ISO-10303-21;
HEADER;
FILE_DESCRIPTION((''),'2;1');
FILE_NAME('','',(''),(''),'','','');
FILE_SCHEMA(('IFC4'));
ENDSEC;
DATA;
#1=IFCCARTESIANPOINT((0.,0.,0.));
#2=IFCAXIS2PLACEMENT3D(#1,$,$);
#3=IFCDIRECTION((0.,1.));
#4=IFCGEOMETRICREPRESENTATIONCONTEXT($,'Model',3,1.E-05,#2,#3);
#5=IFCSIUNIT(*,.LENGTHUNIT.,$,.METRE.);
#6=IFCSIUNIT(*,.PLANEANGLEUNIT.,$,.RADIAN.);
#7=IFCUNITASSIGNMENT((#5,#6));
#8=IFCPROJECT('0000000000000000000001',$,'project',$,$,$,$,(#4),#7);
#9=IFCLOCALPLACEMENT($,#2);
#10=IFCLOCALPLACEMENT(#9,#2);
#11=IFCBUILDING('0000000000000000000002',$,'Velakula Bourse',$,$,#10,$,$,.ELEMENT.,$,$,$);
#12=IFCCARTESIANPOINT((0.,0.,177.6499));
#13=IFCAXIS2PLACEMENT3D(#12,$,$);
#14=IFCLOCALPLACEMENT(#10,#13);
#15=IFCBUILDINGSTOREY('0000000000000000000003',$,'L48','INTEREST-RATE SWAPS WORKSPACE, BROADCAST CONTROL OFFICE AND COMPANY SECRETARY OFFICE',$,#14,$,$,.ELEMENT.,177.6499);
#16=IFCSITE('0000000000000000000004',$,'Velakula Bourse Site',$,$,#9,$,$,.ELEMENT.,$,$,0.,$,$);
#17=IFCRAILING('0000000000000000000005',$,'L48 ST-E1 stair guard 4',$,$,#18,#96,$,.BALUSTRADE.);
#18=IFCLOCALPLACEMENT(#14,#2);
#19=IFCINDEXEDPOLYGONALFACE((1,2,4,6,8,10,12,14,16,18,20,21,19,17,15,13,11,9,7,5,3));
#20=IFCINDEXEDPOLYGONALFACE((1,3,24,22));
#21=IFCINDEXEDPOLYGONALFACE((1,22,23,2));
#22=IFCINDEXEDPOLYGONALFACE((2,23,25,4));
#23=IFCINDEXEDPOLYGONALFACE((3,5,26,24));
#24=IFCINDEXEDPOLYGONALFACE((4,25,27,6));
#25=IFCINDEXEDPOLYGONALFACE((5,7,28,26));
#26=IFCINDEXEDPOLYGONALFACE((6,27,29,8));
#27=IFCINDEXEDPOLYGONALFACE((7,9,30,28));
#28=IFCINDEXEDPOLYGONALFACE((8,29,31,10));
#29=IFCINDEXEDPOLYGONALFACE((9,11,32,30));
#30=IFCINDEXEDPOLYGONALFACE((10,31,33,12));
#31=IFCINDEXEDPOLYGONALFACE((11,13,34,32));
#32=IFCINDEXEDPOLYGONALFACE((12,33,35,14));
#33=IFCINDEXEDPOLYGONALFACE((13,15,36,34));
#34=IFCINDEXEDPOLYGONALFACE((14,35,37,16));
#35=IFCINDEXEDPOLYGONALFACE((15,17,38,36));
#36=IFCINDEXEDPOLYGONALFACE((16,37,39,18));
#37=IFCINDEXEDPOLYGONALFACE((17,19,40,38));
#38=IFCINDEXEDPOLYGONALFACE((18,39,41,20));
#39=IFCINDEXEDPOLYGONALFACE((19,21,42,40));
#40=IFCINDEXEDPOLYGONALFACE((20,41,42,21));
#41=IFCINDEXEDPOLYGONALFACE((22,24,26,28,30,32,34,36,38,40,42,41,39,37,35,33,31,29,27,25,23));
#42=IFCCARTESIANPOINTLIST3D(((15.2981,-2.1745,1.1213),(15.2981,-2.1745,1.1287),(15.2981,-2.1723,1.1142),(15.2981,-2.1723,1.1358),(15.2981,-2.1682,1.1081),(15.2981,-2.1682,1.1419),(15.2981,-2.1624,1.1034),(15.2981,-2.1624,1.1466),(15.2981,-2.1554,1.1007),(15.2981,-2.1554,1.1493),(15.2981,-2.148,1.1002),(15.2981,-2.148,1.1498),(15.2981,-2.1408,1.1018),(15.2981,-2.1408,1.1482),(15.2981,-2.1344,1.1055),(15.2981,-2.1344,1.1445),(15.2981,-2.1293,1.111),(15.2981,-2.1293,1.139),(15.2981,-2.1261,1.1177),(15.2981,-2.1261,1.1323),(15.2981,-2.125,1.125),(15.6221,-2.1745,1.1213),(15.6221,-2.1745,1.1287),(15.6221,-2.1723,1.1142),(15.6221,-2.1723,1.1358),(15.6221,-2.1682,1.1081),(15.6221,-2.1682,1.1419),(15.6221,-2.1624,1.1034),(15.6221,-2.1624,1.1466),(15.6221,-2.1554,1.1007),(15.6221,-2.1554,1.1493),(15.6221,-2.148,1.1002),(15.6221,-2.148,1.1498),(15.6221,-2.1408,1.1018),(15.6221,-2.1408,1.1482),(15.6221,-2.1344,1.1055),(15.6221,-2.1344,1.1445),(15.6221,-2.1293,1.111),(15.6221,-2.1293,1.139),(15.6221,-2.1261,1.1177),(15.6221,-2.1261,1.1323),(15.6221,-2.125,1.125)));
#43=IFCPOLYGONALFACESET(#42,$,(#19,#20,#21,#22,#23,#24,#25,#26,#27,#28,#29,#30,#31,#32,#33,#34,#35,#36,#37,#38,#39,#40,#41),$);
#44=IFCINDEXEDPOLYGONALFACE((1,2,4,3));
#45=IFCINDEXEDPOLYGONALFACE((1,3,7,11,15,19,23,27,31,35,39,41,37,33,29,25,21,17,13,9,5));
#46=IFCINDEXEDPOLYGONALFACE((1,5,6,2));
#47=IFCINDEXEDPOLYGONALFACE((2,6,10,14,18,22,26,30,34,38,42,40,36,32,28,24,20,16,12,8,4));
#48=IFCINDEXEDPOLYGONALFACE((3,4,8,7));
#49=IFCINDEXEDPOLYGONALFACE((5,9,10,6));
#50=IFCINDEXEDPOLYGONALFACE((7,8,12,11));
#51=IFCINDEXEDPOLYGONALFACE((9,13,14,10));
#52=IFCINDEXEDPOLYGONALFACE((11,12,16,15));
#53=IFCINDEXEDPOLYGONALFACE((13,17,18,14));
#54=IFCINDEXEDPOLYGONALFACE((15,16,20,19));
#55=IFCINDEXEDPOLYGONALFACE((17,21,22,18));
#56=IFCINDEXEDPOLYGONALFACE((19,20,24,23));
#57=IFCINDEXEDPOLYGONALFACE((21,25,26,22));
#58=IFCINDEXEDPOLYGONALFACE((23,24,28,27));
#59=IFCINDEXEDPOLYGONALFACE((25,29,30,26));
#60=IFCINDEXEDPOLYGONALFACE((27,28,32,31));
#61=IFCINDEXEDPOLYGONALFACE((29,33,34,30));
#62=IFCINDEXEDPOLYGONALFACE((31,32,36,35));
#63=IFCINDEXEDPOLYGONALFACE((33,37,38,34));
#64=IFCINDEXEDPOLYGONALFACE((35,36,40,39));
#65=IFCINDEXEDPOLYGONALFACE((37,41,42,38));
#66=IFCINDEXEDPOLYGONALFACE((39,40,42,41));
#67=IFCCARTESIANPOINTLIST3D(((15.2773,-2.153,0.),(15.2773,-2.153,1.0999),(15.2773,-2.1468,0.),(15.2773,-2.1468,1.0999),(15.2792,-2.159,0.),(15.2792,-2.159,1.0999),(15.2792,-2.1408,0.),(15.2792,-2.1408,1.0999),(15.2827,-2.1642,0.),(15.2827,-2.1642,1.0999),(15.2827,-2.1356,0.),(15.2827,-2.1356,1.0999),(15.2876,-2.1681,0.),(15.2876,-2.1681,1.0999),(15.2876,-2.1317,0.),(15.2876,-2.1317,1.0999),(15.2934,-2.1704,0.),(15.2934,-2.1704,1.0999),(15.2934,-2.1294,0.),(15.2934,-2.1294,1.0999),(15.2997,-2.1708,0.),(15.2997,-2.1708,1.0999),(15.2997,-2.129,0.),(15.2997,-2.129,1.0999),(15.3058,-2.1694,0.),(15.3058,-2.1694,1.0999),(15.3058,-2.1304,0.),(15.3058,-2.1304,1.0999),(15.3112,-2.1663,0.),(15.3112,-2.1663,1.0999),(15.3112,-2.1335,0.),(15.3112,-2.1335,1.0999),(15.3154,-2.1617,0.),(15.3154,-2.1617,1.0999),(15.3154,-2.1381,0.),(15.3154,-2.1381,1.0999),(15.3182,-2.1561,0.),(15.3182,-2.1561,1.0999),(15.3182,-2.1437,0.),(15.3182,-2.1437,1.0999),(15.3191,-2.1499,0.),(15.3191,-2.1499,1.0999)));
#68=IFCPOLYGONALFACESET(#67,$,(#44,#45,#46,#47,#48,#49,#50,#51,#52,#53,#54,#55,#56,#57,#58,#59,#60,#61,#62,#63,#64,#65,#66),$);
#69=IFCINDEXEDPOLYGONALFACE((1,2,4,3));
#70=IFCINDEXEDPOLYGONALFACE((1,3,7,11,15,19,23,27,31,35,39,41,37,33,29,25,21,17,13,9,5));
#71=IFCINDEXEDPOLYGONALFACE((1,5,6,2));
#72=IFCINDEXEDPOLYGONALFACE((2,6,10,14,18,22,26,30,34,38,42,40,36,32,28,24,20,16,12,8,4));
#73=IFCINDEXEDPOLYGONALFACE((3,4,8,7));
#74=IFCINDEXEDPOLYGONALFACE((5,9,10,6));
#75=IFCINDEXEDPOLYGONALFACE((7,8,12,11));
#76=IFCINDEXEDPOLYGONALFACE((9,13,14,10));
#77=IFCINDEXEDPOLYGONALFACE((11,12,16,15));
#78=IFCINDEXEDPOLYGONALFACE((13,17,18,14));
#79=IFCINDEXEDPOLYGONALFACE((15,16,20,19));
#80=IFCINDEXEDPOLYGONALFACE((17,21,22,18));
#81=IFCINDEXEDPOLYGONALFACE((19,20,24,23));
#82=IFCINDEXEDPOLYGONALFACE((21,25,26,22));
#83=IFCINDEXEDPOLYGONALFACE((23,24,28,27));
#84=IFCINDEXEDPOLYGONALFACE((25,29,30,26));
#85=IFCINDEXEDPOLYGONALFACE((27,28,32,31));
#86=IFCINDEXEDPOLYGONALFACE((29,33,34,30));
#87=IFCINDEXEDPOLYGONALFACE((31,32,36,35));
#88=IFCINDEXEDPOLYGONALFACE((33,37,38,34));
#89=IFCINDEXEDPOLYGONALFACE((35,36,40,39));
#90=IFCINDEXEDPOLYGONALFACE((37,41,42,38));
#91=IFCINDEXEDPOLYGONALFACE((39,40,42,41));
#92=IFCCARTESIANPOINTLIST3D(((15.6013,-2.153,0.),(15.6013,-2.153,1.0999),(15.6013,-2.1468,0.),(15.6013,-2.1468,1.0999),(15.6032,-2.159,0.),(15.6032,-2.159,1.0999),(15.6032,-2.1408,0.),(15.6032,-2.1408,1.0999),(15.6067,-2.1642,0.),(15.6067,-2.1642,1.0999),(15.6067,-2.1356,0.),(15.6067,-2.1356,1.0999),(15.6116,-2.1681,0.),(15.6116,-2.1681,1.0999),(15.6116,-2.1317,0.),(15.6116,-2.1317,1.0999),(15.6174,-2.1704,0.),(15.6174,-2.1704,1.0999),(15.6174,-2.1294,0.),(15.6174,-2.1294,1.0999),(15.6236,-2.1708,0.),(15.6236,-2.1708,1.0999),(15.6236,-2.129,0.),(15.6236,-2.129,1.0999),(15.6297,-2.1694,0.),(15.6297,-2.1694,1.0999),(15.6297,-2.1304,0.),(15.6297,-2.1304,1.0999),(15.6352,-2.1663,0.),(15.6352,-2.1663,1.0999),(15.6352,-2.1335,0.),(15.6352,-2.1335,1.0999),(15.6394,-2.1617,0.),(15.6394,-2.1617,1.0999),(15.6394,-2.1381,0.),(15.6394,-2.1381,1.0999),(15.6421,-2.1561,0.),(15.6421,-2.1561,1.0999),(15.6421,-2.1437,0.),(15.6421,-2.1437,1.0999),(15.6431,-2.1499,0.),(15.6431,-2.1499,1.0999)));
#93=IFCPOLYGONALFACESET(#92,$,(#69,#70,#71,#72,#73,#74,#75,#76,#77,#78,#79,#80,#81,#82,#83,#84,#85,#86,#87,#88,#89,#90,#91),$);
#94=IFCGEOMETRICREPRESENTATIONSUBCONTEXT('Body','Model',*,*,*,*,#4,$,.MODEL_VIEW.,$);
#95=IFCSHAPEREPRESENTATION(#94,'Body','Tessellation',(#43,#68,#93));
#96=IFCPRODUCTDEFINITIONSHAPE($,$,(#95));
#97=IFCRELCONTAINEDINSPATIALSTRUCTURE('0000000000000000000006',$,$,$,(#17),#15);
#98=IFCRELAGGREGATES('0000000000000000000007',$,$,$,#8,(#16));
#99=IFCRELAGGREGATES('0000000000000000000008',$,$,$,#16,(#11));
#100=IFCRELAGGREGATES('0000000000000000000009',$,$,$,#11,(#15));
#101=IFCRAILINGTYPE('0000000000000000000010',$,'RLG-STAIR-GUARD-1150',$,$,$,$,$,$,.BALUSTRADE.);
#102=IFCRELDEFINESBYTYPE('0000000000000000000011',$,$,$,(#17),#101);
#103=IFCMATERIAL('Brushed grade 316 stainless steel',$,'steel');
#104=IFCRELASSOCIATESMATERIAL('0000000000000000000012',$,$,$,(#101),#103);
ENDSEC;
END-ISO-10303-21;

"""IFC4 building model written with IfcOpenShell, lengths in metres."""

from ifc_helpers import new_model, si_unit, direction, frame, origin, origin_2d, place, context, subcontext, project, spatial, circle, extrude, material, type_object, element, save


model = new_model("IFC4")

# Units and contexts
model_context = context("Model", 3, precision=1e-05, world=origin(), true_north=direction((0.0, 1.0)))
body_context = subcontext(model_context, "Body", "Model", "MODEL_VIEW")
ifc_project = project(units=[si_unit("LENGTHUNIT", "METRE"), si_unit("PLANEANGLEUNIT", "RADIAN")], contexts=[model_context])

# Site, building, storey
site_placement = place(None, origin())
site = spatial("IfcSite", under=ifc_project, at=site_placement, Name="Velakula Bourse Site", CompositionType="ELEMENT", RefElevation=0.0)
building_placement = place(site_placement, origin())
building = spatial("IfcBuilding", under=site, at=building_placement, Name="Velakula Bourse", CompositionType="ELEMENT")
storey_placement = place(building_placement, frame((0.0, 0.0, 177.6499)))
storey = spatial("IfcBuildingStorey", under=building, at=storey_placement, Name="L48", Description="INTEREST-RATE SWAPS WORKSPACE, BROADCAST CONTROL OFFICE AND COMPANY SECRETARY OFFICE", CompositionType="ELEMENT", Elevation=177.6499)

# Shared definitions
ifc_material_1 = material(Name="Brushed grade 316 stainless steel", Category="steel")

# Railing
railing_type_1 = type_object("IfcRailingType", Name="RLG-STAIR-GUARD-1150", PredefinedType="BALUSTRADE", material=ifc_material_1)
railing_1_placement = place(storey_placement, frame((15.2981, -2.1499, 0.0)))
element("IfcRailing", 1, at=railing_1_placement, inside=storey, type_object=railing_type_1, Name="L48 ST-E1 stair guard 4", PredefinedType="BALUSTRADE", context=body_context, shape_type="SweptSolid", body=[
    extrude(circle(Radius=0.0249, at=origin_2d()), frame((0.0, 0.0, 1.125), z_axis=(1.0, 0.0, 0.0), x_axis=(0.0, 1.0, 0.0)), (0.0, 0.0, 1.0), 0.324),
    extrude(circle(Radius=0.021, at=origin_2d()), origin(), (0.0, 0.0, 1.0), 1.0999),
    extrude(circle(Radius=0.021, at=origin_2d()), frame((0.324, 0.0, 0.0)), (0.0, 0.0, 1.0), 1.0999),
])

save(model, "model.ifc")
